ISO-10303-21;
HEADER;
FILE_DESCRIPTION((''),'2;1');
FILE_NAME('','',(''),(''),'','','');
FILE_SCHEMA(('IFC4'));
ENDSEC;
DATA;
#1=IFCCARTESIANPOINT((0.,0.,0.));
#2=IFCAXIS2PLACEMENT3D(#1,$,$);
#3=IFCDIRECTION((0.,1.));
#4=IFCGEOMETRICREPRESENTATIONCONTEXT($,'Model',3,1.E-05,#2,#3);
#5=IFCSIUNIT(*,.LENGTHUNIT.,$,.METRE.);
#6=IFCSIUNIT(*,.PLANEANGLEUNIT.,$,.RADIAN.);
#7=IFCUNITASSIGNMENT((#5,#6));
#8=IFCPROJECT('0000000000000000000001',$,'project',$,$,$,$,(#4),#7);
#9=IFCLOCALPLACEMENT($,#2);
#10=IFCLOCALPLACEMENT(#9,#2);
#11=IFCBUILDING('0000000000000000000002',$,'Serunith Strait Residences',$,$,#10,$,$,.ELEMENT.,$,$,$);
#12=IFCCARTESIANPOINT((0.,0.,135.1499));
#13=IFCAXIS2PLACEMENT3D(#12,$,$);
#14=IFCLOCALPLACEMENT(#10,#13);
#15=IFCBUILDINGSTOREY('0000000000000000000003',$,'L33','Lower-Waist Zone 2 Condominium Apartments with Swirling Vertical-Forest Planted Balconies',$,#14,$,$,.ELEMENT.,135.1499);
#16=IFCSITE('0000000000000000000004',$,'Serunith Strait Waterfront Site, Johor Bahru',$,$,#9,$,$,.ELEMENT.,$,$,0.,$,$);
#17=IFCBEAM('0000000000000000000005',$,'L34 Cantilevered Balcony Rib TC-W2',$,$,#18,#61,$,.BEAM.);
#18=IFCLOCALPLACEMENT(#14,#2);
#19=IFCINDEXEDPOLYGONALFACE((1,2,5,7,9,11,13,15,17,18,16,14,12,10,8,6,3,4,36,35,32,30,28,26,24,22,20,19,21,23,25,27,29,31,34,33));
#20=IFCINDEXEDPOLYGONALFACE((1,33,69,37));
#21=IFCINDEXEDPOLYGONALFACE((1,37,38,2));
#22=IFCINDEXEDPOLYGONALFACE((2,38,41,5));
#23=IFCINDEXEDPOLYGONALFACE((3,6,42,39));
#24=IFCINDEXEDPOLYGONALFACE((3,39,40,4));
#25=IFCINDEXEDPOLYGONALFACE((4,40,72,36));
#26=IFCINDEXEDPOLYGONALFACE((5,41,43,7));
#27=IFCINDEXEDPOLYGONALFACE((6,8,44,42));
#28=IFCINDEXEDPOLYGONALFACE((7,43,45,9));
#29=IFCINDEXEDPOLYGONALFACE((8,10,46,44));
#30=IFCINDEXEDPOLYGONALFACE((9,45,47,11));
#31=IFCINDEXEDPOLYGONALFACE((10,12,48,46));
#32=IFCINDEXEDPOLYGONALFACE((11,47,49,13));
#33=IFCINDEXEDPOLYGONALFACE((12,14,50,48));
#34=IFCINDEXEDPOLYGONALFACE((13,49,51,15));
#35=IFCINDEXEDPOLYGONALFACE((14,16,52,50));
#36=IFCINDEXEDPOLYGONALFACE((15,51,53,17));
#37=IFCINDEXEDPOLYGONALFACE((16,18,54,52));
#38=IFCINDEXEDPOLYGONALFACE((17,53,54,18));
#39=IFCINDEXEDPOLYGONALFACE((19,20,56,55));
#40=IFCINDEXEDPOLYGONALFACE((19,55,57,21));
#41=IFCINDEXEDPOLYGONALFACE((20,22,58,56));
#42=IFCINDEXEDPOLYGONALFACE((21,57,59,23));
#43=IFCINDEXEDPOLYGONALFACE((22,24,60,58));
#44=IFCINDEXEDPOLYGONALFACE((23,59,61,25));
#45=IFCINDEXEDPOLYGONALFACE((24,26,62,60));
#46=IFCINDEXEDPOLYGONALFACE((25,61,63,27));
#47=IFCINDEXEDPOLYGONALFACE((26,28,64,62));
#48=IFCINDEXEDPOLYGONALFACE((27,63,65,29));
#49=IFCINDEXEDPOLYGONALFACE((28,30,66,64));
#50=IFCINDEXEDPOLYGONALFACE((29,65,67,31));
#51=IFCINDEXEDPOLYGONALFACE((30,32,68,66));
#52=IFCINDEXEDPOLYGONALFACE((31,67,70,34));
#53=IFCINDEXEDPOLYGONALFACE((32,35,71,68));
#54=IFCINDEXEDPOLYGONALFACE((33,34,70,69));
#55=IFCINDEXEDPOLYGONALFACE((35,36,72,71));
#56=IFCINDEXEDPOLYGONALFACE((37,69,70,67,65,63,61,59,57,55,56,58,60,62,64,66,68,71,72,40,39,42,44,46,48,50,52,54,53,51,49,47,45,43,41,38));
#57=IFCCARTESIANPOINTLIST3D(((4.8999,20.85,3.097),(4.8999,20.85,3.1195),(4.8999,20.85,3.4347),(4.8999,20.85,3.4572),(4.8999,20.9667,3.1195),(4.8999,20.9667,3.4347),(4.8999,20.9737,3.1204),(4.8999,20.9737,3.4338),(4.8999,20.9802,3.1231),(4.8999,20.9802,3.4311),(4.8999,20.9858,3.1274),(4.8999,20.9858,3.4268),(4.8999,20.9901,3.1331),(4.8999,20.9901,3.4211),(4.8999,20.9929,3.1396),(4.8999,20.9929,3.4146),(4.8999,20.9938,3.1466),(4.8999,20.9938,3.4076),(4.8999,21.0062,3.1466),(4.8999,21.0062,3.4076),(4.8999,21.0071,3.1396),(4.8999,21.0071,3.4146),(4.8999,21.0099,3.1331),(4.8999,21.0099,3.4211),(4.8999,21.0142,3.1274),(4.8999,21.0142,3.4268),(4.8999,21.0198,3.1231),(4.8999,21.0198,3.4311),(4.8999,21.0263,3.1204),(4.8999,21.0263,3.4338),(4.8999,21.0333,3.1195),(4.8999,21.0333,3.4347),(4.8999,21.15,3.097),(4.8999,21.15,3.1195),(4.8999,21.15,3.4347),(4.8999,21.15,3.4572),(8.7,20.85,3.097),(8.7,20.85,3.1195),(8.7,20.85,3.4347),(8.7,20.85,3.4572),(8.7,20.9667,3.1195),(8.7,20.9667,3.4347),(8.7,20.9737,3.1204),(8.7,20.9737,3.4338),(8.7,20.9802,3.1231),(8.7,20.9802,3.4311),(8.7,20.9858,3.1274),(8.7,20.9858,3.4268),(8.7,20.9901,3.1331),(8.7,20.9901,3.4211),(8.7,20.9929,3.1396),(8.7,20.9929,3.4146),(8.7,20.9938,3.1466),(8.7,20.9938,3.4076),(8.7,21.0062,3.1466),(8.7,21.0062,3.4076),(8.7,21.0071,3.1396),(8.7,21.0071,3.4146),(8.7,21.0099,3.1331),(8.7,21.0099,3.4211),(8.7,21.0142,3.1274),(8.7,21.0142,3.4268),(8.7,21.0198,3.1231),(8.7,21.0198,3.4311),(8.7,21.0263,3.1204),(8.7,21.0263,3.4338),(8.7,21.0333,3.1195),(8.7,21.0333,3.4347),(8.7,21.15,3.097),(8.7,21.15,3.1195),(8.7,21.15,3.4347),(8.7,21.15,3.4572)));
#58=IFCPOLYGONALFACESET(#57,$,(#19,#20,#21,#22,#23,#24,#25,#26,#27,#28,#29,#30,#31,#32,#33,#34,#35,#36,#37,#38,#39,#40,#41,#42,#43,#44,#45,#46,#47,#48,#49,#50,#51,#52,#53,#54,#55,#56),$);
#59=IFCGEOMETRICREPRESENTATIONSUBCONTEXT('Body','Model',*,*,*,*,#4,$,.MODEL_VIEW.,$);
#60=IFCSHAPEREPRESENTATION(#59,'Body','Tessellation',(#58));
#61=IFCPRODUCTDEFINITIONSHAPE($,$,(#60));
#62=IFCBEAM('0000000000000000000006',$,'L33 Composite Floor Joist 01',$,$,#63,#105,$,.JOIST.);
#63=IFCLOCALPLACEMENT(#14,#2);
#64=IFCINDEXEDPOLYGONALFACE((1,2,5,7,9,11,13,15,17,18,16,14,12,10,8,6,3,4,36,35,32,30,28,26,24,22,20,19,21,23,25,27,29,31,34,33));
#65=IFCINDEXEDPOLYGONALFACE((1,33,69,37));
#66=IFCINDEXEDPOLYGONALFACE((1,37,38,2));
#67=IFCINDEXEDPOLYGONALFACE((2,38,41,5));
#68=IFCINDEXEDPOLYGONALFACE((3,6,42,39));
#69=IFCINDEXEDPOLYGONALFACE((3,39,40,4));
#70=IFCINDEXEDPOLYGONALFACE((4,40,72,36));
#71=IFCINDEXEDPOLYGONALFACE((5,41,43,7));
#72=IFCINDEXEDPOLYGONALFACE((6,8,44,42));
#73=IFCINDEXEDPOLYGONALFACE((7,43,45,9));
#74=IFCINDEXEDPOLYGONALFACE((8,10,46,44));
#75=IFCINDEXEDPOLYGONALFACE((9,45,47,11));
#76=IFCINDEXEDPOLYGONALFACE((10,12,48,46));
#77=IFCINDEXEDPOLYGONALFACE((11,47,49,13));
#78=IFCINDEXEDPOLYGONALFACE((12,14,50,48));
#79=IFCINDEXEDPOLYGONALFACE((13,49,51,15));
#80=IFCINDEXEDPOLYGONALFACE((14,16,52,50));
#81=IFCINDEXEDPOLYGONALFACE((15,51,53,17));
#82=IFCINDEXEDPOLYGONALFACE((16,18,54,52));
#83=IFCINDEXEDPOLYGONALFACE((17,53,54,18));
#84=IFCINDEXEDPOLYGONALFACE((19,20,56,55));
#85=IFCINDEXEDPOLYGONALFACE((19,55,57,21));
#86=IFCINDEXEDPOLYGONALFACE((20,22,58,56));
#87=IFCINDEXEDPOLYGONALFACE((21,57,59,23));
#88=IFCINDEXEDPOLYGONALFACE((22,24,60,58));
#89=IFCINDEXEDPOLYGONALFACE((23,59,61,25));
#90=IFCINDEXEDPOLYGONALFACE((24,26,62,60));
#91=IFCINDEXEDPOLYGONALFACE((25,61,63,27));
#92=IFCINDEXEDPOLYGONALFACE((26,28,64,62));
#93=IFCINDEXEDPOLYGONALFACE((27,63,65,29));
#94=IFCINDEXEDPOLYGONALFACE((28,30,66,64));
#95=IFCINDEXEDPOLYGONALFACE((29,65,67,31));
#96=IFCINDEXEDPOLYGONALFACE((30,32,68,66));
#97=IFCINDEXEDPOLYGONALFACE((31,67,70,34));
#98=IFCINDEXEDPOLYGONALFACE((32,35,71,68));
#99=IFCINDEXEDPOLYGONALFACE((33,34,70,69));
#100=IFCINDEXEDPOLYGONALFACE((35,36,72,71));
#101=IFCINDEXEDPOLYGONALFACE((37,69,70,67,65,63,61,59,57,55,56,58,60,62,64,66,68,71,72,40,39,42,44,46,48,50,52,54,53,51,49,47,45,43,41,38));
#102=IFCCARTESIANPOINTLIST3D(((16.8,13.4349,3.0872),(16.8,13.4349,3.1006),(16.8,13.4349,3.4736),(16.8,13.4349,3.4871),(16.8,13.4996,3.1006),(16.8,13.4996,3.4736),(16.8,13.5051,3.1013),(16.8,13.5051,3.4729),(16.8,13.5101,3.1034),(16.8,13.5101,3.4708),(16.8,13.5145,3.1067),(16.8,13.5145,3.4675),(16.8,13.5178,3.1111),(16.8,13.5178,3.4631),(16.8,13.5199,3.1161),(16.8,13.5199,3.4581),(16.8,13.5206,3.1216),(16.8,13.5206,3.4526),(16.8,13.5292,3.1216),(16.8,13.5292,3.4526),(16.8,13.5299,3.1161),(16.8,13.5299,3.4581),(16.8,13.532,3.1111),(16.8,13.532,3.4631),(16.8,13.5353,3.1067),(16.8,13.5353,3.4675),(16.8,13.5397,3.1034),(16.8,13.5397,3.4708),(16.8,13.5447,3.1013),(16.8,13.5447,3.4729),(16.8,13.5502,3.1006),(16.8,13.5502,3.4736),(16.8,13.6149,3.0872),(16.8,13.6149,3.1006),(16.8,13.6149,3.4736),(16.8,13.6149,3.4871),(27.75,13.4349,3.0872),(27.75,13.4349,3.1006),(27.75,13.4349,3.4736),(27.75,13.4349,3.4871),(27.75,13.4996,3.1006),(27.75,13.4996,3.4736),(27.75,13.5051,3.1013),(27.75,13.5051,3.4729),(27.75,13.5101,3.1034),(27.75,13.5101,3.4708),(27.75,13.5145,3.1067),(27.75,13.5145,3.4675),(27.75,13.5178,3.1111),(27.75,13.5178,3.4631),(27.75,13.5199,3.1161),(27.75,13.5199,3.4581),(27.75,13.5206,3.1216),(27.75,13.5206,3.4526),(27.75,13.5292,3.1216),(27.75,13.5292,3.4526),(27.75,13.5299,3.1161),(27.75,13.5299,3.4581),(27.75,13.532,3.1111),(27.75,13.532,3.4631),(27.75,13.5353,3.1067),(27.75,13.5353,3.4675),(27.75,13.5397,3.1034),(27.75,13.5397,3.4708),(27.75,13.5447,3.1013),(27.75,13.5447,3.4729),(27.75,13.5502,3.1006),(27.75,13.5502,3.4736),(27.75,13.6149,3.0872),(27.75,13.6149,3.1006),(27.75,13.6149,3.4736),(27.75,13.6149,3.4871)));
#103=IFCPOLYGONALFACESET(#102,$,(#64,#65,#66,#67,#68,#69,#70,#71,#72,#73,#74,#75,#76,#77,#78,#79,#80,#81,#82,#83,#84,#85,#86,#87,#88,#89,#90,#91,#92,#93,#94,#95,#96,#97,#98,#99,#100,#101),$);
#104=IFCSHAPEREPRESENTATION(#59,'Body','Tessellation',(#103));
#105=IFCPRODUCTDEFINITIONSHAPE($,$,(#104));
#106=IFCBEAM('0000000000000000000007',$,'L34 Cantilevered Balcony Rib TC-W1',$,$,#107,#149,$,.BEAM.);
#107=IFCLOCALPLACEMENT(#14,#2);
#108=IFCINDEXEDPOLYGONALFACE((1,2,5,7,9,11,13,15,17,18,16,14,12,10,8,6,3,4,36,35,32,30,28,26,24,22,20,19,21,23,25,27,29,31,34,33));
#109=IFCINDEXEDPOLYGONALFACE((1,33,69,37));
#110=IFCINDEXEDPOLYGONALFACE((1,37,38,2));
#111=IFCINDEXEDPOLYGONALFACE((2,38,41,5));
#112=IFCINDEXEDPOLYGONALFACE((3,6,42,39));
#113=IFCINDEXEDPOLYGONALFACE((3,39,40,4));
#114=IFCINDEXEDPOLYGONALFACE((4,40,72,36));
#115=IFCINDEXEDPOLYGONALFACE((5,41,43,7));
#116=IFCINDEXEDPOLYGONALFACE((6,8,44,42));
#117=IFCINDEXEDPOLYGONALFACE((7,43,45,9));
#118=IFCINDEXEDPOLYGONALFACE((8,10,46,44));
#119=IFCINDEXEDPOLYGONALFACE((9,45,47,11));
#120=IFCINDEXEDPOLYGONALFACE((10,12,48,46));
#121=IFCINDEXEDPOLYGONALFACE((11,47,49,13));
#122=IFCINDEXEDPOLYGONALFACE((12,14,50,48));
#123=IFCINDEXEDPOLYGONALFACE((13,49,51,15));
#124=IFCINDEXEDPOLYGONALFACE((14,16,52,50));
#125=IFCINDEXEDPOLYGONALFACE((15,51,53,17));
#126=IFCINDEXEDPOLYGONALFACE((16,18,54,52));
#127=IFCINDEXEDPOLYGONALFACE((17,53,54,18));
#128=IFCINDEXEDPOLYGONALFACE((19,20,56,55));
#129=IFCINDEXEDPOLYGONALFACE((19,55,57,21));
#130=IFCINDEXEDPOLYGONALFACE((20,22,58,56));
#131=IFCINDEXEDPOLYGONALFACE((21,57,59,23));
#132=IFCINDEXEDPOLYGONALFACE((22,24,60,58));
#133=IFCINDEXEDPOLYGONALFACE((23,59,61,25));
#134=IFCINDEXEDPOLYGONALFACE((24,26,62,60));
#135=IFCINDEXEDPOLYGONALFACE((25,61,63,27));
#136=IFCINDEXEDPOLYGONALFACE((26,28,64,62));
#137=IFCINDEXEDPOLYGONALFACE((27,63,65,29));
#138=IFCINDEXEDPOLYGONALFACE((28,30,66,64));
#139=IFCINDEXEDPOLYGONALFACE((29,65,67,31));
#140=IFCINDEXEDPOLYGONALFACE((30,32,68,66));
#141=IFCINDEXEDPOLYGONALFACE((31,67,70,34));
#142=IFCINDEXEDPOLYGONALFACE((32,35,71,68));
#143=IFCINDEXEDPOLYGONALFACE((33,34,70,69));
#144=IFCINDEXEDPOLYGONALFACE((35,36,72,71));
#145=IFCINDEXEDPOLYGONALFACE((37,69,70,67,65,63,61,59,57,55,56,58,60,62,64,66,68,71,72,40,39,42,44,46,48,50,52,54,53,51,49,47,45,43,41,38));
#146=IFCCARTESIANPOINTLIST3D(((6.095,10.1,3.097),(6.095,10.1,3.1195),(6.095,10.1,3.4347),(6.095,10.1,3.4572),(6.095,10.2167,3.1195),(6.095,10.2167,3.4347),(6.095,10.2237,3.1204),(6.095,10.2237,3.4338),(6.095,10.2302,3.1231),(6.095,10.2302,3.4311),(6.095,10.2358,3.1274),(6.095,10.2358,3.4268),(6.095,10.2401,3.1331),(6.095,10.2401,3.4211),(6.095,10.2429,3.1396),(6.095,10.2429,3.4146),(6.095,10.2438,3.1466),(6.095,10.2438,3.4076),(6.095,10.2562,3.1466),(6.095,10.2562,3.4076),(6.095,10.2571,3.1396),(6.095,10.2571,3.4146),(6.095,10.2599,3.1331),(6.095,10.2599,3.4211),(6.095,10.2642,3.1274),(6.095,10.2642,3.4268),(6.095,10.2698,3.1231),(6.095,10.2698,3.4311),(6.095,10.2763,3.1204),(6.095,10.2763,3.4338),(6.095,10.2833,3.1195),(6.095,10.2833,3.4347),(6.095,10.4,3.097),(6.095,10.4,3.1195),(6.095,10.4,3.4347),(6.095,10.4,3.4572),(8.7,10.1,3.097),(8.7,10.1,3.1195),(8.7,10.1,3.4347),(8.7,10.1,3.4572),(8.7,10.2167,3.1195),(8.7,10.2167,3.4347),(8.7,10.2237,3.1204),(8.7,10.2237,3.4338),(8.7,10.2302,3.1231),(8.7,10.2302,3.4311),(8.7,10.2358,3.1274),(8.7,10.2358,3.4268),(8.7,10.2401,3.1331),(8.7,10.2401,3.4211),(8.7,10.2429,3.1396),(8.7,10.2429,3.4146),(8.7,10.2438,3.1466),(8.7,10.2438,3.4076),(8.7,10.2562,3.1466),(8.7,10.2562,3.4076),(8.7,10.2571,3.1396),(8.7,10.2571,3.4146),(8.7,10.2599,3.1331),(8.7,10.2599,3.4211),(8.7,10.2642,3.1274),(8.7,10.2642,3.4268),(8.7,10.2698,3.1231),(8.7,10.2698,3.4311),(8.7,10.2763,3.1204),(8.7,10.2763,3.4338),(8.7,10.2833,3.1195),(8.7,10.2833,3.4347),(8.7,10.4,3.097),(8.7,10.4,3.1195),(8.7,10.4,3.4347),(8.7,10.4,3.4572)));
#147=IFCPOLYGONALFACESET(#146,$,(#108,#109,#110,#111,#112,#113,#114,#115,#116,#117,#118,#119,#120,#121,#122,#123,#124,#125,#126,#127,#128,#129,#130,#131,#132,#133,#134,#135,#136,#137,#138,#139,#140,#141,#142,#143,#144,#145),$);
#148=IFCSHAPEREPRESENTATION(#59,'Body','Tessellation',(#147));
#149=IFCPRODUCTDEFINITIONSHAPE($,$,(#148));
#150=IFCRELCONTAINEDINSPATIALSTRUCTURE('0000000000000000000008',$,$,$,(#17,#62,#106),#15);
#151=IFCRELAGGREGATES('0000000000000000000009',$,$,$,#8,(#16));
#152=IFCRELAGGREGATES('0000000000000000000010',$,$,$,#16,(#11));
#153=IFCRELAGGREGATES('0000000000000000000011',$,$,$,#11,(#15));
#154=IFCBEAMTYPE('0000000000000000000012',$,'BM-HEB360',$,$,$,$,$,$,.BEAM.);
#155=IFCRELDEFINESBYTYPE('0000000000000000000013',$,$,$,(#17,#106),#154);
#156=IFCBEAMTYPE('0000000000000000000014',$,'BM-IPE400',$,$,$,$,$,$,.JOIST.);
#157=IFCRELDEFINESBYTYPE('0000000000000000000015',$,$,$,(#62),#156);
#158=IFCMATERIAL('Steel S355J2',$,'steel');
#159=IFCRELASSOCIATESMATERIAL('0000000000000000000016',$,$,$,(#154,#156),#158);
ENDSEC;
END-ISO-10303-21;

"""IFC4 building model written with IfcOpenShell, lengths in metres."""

from ifc_helpers import new_model, si_unit, direction, frame, origin, origin_2d, place, context, subcontext, project, spatial, i_section, extrude, source, transform, mapped, material, material_profile, profile_set, type_object, element, save


model = new_model("IFC4")

# Units and contexts
model_context = context("Model", 3, precision=1e-05, world=origin(), true_north=direction((0.0, 1.0)))
body_context = subcontext(model_context, "Body", "Model", "MODEL_VIEW")
ifc_project = project(units=[si_unit("LENGTHUNIT", "METRE"), si_unit("PLANEANGLEUNIT", "RADIAN")], contexts=[model_context])

# Site, building, storey
site_placement = place(None, origin())
site = spatial("IfcSite", under=ifc_project, at=site_placement, Name="Serunith Strait Waterfront Site, Johor Bahru", CompositionType="ELEMENT", RefElevation=0.0)
building_placement = place(site_placement, origin())
building = spatial("IfcBuilding", under=site, at=building_placement, Name="Serunith Strait Residences", CompositionType="ELEMENT")
storey_placement = place(building_placement, frame((0.0, 0.0, 135.1499)))
storey = spatial("IfcBuildingStorey", under=building, at=storey_placement, Name="L33", Description="Lower-Waist Zone 2 Condominium Apartments with Swirling Vertical-Forest Planted Balconies", CompositionType="ELEMENT", Elevation=135.1499)

# Beams
ifc_material_1 = material(Name="Steel S355J2", Category="steel")
ifc_material_profile_1 = material_profile(ifc_material_1, i_section(OverallWidth=0.3, OverallDepth=0.3601, WebThickness=0.0125, FlangeThickness=0.0225, FilletRadius=0.0271, at=origin_2d()), Name="HEB 360")
ifc_profile_set_1 = profile_set([ifc_material_profile_1], Name="Steel S355J2")
beam_type_1 = type_object("IfcBeamType", Name="BM-HEB360", PredefinedType="BEAM", material=ifc_profile_set_1)
shared_shape_1 = source(origin(), body_context, "Body", "SweptSolid", [
    extrude(i_section(OverallWidth=0.3, OverallDepth=0.3601, WebThickness=0.0125, FlangeThickness=0.0225, FilletRadius=0.0271, at=origin_2d()), origin(), (0.0, 0.0, 1.0), 3.8),
])
beam_1_placement = place(storey_placement, frame((8.7, 21.0, 3.2771), z_axis=(-1.0, 0.0, 0.0), x_axis=(0.0, -1.0, 0.0)))
element("IfcBeam", 1, at=beam_1_placement, inside=storey, type_object=beam_type_1, Name="L34 Cantilevered Balcony Rib TC-W2", PredefinedType="BEAM", context=body_context, shape_type="MappedRepresentation", body=[
    mapped(shared_shape_1, transform((0.0, 0.0, 0.0), scale=1.0)),
])
ifc_material_profile_2 = material_profile(ifc_material_1, i_section(OverallWidth=0.1799, OverallDepth=0.3999, WebThickness=0.0085, FlangeThickness=0.0134, FilletRadius=0.021, at=origin_2d()), Name="IPE 400")
ifc_profile_set_2 = profile_set([ifc_material_profile_2], Name="Steel S355J2")
beam_type_2 = type_object("IfcBeamType", Name="BM-IPE400", PredefinedType="JOIST", material=ifc_profile_set_2)
shared_shape_2 = source(origin(), body_context, "Body", "SweptSolid", [
    extrude(i_section(OverallWidth=0.1799, OverallDepth=0.3999, WebThickness=0.0085, FlangeThickness=0.0134, FilletRadius=0.021, at=origin_2d()), origin(), (0.0, 0.0, 1.0), 10.95),
])
beam_2_placement = place(storey_placement, frame((16.8, 13.5249, 3.2871), z_axis=(1.0, 0.0, 0.0), x_axis=(0.0, 1.0, 0.0)))
element("IfcBeam", 2, at=beam_2_placement, inside=storey, type_object=beam_type_2, Name="L33 Composite Floor Joist 01", PredefinedType="JOIST", context=body_context, shape_type="MappedRepresentation", body=[
    mapped(shared_shape_2, transform((0.0, 0.0, 0.0), scale=1.0)),
])
shared_shape_3 = source(origin(), body_context, "Body", "SweptSolid", [
    extrude(i_section(OverallWidth=0.3, OverallDepth=0.3601, WebThickness=0.0125, FlangeThickness=0.0225, FilletRadius=0.0271, at=origin_2d()), origin(), (0.0, 0.0, 1.0), 2.605),
])
beam_3_placement = place(storey_placement, frame((8.7, 10.25, 3.2771), z_axis=(-1.0, 0.0, 0.0), x_axis=(0.0, -1.0, 0.0)))
element("IfcBeam", 3, at=beam_3_placement, inside=storey, type_object=beam_type_1, Name="L34 Cantilevered Balcony Rib TC-W1", PredefinedType="BEAM", context=body_context, shape_type="MappedRepresentation", body=[
    mapped(shared_shape_3, transform((0.0, 0.0, 0.0), scale=1.0)),
])

save(model, "model.ifc")
